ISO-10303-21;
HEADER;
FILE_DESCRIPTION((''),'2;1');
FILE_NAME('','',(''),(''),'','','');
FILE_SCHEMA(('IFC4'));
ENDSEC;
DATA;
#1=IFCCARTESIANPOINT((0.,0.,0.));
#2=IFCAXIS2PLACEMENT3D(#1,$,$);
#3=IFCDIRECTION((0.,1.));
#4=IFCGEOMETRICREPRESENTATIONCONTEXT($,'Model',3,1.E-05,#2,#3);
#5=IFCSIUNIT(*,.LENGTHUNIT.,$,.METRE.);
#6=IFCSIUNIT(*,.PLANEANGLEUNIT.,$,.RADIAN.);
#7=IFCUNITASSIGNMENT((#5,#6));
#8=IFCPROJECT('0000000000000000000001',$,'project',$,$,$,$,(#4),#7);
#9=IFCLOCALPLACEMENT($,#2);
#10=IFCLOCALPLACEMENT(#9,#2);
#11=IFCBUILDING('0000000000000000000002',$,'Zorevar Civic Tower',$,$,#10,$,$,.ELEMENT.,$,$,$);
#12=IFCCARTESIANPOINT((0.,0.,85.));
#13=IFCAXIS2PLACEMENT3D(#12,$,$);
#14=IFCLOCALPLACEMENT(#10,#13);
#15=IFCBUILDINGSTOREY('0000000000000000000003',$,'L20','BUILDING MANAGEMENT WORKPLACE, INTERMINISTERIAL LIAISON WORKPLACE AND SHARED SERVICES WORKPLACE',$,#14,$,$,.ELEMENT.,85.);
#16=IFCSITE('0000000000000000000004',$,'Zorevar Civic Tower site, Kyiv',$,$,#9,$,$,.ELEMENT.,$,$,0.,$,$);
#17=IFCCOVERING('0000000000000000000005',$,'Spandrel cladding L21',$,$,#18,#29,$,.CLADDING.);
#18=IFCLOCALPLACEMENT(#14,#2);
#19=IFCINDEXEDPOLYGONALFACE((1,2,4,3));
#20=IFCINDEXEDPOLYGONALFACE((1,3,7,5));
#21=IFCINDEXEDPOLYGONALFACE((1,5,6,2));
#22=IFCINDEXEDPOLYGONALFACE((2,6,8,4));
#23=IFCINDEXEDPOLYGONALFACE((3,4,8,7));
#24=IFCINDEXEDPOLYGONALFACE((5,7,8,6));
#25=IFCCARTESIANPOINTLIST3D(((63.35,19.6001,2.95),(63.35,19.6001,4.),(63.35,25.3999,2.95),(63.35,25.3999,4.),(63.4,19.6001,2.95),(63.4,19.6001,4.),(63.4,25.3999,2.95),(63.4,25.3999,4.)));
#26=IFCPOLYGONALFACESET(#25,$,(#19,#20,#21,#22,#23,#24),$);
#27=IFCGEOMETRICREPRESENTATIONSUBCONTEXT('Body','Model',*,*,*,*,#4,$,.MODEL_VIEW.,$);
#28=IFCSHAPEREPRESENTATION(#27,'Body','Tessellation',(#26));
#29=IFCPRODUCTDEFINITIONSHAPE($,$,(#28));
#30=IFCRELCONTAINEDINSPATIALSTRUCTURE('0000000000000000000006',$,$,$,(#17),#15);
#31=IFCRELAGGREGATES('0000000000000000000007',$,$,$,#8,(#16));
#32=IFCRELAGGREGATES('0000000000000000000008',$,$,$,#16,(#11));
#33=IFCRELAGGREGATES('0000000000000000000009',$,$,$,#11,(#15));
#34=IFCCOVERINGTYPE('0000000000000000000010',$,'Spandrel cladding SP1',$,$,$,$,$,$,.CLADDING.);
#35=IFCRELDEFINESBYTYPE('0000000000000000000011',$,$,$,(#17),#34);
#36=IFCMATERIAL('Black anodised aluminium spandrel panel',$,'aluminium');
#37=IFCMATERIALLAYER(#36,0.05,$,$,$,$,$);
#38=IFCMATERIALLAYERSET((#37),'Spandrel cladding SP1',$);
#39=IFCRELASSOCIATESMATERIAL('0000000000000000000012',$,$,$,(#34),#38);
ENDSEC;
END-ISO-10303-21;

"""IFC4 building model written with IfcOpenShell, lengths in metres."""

from ifc_helpers import new_model, si_unit, direction, frame, frame_2d, origin, place, context, subcontext, project, spatial, rectangle, extrude, material, layer, layer_set, type_object, element, save


model = new_model("IFC4")

# Units and contexts
model_context = context("Model", 3, precision=1e-05, world=origin(), true_north=direction((0.0, 1.0)))
body_context = subcontext(model_context, "Body", "Model", "MODEL_VIEW")
ifc_project = project(units=[si_unit("LENGTHUNIT", "METRE"), si_unit("PLANEANGLEUNIT", "RADIAN")], contexts=[model_context])

# Site, building, storey
site_placement = place(None, origin())
site = spatial("IfcSite", under=ifc_project, at=site_placement, Name="Zorevar Civic Tower site, Kyiv", CompositionType="ELEMENT", RefElevation=0.0)
building_placement = place(site_placement, origin())
building = spatial("IfcBuilding", under=site, at=building_placement, Name="Zorevar Civic Tower", CompositionType="ELEMENT")
storey_placement = place(building_placement, frame((0.0, 0.0, 85.0)))
storey = spatial("IfcBuildingStorey", under=building, at=storey_placement, Name="L20", Description="BUILDING MANAGEMENT WORKPLACE, INTERMINISTERIAL LIAISON WORKPLACE AND SHARED SERVICES WORKPLACE", CompositionType="ELEMENT", Elevation=85.0)

# Covering
ifc_material_1 = material(Name="Black anodised aluminium spandrel panel", Category="aluminium")
ifc_layer_1 = layer(ifc_material_1, 0.05)
ifc_layer_set_1 = layer_set([ifc_layer_1], Name="Spandrel cladding SP1")
covering_type = type_object("IfcCoveringType", Name="Spandrel cladding SP1", PredefinedType="CLADDING", material=ifc_layer_set_1)
covering_1_placement = place(storey_placement, frame((63.375, 19.6001, 2.95), z_axis=(0.0, 0.0, 1.0), x_axis=(0.0, 1.0, 0.0)))
element("IfcCovering", 1, at=covering_1_placement, inside=storey, type_object=covering_type, Name="Spandrel cladding L21", PredefinedType="CLADDING", context=body_context, shape_type="SweptSolid", body=[
    extrude(rectangle(XDim=5.7998, YDim=0.05, at=frame_2d((2.8999, 0.0))), origin(), (0.0, 0.0, 1.0), 1.05),
])

save(model, "model.ifc")
